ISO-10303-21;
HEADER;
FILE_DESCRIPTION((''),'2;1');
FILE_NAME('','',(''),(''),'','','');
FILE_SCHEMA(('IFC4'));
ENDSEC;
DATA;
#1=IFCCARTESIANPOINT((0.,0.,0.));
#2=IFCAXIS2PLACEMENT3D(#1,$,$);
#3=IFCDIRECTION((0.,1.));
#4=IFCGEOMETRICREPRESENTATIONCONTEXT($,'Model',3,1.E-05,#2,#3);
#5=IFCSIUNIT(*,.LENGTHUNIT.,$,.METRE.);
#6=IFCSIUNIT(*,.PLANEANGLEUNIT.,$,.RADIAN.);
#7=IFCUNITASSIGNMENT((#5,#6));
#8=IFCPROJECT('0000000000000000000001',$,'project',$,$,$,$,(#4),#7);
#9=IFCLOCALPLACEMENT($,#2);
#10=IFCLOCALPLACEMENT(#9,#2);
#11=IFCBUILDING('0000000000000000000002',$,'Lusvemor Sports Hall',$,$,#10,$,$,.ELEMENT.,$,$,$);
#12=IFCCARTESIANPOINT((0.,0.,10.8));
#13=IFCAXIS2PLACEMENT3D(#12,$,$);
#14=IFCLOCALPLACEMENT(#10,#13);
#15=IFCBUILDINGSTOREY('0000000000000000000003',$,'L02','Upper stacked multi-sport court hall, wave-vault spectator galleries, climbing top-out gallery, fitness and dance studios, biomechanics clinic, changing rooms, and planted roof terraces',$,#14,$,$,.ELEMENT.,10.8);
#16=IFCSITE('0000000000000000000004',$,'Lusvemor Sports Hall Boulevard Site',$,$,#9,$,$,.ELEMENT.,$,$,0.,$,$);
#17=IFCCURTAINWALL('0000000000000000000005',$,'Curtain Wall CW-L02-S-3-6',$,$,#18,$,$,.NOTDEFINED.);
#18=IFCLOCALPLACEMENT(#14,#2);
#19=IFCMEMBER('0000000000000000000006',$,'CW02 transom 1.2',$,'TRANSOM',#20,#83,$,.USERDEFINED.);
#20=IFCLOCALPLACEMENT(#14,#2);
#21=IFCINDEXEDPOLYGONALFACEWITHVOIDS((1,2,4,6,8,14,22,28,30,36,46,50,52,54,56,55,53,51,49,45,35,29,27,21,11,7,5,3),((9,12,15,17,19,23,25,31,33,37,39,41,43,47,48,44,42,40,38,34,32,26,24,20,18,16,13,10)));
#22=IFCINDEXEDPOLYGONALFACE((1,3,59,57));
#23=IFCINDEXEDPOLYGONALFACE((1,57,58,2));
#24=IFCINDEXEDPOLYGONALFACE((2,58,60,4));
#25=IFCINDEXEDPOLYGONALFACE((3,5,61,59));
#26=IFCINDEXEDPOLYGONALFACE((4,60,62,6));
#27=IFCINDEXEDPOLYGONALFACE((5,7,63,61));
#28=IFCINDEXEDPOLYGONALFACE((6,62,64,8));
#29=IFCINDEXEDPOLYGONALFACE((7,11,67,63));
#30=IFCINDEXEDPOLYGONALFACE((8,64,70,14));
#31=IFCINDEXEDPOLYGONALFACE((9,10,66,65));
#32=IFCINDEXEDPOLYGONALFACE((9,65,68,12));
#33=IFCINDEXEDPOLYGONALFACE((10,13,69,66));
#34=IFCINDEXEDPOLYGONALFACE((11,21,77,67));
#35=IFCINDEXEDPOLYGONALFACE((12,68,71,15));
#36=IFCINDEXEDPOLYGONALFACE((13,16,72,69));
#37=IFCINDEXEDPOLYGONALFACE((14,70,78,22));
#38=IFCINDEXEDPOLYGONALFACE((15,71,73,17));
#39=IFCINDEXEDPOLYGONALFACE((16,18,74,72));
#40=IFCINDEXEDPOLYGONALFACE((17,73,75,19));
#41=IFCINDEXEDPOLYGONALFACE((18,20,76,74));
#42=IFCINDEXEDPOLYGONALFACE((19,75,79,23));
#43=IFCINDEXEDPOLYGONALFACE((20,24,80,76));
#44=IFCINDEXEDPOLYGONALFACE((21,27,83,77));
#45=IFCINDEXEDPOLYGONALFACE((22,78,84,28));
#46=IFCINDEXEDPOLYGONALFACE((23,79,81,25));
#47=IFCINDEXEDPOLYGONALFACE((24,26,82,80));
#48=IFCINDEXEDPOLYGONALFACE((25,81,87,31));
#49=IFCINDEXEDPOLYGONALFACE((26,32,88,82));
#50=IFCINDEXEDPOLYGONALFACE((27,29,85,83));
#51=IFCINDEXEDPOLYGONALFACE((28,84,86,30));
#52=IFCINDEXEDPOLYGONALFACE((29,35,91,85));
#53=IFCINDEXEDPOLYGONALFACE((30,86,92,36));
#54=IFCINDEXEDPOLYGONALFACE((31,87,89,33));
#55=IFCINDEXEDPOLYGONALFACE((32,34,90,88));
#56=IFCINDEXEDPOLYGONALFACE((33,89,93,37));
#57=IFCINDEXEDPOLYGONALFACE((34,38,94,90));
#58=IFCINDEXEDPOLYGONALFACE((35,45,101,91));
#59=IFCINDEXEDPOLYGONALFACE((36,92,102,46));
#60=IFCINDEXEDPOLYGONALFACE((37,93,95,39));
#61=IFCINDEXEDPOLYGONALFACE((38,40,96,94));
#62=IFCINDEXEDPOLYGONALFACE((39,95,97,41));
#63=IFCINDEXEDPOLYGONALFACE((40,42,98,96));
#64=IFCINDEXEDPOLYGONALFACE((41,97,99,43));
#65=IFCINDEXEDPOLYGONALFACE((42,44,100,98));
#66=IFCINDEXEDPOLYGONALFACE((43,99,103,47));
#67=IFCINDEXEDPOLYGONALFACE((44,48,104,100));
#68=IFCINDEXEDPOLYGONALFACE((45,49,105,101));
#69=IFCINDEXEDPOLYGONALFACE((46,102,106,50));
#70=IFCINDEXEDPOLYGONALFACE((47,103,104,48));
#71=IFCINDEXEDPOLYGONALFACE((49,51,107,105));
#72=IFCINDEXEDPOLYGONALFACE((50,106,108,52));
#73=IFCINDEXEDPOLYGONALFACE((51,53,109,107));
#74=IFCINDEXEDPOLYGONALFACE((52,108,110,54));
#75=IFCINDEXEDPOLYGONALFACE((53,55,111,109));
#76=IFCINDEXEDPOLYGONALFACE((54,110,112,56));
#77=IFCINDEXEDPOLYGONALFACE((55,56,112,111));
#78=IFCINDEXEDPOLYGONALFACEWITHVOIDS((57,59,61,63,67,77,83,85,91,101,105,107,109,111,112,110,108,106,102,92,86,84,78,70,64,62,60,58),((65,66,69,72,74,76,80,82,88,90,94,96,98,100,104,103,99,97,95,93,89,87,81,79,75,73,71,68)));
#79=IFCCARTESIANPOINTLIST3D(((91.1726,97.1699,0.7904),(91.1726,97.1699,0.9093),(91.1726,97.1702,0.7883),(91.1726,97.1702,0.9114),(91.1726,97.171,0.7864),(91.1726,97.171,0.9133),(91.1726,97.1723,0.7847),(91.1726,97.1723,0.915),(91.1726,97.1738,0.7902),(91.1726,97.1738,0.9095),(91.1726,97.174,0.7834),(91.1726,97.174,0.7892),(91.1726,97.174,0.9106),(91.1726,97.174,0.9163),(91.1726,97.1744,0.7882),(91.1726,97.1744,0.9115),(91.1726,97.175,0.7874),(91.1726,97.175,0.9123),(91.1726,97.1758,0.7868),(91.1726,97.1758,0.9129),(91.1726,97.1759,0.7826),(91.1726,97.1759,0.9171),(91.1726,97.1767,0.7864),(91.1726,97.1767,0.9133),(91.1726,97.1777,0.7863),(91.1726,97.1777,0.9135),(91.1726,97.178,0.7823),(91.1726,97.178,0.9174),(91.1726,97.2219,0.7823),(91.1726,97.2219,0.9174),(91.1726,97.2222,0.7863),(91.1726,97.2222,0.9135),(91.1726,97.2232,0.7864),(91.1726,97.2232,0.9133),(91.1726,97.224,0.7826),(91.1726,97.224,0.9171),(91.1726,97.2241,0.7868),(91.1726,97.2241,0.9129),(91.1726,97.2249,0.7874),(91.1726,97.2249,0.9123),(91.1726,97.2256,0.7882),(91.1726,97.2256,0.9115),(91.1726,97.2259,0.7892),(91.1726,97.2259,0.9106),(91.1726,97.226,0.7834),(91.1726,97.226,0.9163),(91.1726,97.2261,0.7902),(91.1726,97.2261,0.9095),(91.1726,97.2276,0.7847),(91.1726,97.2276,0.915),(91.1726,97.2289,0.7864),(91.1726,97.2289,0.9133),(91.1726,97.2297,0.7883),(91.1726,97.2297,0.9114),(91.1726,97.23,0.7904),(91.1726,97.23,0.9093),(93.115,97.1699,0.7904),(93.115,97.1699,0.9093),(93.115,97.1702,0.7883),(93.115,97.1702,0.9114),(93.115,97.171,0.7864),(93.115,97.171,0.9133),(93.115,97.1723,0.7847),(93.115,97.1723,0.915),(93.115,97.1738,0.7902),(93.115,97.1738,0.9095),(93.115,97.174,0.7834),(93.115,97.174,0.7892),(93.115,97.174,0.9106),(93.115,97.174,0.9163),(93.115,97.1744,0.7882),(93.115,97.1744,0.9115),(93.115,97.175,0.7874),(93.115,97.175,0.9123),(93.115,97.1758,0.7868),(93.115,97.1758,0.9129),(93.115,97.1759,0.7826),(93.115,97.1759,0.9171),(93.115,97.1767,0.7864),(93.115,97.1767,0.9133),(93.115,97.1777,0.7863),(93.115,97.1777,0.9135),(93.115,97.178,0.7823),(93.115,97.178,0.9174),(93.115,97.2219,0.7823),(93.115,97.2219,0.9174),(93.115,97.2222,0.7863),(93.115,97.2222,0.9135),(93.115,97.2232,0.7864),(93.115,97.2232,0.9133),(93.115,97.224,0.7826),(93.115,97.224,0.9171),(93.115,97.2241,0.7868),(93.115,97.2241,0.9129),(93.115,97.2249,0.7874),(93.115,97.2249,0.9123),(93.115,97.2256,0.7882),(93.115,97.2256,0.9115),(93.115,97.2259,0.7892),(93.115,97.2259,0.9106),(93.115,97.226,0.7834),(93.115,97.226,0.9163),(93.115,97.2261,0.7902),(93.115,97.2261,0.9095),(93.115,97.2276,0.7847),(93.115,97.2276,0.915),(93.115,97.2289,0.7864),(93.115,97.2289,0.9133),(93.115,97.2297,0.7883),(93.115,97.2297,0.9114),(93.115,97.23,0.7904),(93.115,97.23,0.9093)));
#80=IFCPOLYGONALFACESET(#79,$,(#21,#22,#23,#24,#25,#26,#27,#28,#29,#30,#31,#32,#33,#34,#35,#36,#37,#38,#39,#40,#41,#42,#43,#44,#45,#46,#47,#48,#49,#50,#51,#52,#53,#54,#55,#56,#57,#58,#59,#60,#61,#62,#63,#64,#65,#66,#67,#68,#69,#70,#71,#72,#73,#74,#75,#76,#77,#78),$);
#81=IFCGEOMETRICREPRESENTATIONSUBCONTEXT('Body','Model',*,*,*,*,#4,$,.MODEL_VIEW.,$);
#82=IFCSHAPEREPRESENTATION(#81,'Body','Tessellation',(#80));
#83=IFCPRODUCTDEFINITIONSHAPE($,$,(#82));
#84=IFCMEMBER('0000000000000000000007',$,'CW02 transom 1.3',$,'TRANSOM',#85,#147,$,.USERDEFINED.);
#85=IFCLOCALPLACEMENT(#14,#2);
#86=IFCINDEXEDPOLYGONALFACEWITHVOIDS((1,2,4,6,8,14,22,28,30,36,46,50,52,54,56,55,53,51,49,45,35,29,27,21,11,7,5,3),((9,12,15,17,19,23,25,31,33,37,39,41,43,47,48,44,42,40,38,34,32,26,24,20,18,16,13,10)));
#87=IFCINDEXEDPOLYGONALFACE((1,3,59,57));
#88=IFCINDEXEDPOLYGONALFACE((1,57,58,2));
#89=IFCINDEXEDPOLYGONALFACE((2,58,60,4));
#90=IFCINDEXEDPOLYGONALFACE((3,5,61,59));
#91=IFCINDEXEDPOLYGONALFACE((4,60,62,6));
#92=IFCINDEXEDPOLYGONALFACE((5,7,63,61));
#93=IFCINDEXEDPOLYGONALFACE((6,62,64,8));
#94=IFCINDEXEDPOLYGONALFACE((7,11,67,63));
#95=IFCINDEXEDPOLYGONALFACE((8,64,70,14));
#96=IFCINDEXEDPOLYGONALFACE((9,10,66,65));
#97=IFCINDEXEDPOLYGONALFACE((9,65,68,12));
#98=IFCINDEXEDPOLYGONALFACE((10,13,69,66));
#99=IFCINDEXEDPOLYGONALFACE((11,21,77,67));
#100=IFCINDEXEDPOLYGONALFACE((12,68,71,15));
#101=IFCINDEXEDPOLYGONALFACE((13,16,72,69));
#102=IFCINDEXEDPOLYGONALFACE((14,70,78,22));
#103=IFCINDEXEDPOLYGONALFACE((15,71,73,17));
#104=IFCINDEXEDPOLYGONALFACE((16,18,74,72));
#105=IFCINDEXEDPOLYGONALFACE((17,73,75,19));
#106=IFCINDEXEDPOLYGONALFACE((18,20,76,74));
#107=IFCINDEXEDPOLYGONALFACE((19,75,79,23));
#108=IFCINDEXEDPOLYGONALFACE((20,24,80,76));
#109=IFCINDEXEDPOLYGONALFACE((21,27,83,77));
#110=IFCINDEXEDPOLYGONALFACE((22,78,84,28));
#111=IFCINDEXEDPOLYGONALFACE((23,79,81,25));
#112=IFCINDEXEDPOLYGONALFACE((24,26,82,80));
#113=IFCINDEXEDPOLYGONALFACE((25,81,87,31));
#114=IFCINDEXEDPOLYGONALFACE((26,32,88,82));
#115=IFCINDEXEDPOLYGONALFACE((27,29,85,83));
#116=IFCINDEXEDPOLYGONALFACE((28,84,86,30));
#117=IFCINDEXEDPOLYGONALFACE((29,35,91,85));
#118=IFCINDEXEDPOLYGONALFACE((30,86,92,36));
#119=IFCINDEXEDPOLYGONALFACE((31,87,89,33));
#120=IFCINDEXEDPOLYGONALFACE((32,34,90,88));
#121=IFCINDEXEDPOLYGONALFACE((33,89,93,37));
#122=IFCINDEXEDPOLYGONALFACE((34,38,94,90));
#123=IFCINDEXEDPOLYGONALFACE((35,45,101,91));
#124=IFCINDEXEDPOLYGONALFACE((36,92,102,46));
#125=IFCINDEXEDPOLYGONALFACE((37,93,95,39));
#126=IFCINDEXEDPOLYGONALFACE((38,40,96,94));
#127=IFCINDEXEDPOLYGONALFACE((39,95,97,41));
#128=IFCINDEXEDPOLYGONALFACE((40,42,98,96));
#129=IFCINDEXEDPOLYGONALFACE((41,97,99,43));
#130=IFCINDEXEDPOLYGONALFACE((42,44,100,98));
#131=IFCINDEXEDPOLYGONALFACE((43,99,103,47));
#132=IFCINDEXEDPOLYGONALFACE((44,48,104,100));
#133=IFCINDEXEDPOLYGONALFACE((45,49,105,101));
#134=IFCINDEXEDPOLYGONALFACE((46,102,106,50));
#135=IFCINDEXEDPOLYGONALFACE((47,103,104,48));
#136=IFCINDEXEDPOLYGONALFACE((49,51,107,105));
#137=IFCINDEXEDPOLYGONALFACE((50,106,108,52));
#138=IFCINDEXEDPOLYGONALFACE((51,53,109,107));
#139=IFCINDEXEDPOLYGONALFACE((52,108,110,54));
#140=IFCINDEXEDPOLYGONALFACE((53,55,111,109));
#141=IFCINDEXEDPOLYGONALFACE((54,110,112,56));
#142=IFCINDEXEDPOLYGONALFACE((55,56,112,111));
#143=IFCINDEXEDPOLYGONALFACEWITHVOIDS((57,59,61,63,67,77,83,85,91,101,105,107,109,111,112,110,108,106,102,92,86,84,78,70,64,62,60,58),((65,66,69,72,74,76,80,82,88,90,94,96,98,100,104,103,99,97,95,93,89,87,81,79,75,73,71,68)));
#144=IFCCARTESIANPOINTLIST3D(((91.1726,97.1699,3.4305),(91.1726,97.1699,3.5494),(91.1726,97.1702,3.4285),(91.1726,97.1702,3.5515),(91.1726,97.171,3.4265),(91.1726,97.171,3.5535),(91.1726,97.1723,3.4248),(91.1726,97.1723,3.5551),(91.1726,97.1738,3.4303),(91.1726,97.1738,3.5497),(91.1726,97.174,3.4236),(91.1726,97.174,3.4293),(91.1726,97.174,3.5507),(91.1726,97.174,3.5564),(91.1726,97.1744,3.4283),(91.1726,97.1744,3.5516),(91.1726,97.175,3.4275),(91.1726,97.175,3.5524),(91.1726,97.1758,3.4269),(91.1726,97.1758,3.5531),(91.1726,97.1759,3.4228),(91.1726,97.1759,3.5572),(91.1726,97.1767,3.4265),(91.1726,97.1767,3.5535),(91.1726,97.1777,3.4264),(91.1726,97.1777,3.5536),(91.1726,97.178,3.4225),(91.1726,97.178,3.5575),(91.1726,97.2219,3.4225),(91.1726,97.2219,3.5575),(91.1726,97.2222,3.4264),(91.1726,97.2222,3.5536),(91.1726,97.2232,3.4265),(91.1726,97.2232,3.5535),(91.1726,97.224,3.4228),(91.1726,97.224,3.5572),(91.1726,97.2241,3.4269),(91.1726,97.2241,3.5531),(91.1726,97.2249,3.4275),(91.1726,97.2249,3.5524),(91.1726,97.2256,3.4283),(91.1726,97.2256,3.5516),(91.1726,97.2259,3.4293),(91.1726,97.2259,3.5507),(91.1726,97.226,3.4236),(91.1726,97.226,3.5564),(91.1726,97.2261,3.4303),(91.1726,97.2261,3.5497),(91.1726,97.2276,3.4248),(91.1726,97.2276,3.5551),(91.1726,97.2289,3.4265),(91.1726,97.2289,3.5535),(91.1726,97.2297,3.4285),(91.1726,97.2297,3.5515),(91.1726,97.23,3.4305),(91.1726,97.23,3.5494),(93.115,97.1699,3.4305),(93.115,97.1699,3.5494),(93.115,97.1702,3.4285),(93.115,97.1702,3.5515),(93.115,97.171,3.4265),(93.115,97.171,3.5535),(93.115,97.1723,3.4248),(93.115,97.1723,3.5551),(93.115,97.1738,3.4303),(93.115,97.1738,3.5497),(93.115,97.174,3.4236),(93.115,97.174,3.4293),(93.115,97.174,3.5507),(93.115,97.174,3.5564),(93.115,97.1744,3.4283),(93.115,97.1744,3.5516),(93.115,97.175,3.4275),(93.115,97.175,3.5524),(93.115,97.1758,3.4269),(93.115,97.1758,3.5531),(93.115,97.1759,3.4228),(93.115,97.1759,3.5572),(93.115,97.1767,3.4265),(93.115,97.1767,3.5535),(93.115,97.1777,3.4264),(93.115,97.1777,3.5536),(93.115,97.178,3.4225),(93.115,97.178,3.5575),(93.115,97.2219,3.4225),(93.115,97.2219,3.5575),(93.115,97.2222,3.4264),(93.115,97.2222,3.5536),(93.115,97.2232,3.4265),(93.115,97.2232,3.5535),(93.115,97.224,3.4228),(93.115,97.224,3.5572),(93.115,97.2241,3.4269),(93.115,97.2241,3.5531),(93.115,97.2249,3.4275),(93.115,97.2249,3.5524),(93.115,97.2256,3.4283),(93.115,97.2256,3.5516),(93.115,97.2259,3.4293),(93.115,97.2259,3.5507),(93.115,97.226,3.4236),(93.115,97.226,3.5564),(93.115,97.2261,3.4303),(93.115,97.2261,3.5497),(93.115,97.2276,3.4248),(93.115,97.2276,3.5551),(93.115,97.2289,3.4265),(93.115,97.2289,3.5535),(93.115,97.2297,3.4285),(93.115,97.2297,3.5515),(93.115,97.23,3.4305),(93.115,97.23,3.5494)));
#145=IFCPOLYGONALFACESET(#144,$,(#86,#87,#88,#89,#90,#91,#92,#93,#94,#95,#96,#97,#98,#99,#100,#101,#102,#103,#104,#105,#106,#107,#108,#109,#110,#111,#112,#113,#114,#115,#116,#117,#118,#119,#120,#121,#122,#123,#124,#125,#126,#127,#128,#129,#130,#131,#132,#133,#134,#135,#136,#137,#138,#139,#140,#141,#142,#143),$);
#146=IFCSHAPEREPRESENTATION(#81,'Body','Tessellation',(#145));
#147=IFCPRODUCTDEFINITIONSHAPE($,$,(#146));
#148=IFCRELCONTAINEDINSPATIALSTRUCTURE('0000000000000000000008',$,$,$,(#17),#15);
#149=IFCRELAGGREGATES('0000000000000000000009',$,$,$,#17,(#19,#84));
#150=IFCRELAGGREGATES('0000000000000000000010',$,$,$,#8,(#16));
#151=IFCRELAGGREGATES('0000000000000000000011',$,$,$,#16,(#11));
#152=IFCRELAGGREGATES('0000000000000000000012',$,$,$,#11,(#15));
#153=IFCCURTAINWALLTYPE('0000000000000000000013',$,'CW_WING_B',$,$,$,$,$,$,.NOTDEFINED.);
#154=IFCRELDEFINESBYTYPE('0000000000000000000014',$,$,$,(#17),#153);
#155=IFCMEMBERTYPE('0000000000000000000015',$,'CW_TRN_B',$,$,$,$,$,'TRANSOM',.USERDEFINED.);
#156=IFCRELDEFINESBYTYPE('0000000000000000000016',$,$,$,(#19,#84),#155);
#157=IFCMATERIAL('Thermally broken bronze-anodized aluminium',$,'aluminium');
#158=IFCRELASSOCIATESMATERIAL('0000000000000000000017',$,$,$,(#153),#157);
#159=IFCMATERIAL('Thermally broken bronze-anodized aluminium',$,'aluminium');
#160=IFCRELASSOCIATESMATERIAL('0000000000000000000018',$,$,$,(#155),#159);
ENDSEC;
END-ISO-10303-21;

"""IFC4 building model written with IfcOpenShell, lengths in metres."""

from ifc_helpers import new_model, si_unit, direction, frame, origin, origin_2d, place, context, subcontext, project, spatial, hollow_rectangle, extrude, material, material_profile, profile_set, type_object, element, aggregate, save


model = new_model("IFC4")

# Units and contexts
model_context = context("Model", 3, precision=1e-05, world=origin(), true_north=direction((0.0, 1.0)))
body_context = subcontext(model_context, "Body", "Model", "MODEL_VIEW")
ifc_project = project(units=[si_unit("LENGTHUNIT", "METRE"), si_unit("PLANEANGLEUNIT", "RADIAN")], contexts=[model_context])

# Site, building, storey
site_placement = place(None, origin())
site = spatial("IfcSite", under=ifc_project, at=site_placement, Name="Lusvemor Sports Hall Boulevard Site", CompositionType="ELEMENT", RefElevation=0.0)
building_placement = place(site_placement, origin())
building = spatial("IfcBuilding", under=site, at=building_placement, Name="Lusvemor Sports Hall", CompositionType="ELEMENT")
storey_placement = place(building_placement, frame((0.0, 0.0, 10.8)))
storey = spatial("IfcBuildingStorey", under=building, at=storey_placement, Name="L02", Description="Upper stacked multi-sport court hall, wave-vault spectator galleries, climbing top-out gallery, fitness and dance studios, biomechanics clinic, changing rooms, and planted roof terraces", CompositionType="ELEMENT", Elevation=10.8)

# Curtain wall, members
ifc_material_1 = material(Name="Thermally broken bronze-anodized aluminium", Category="aluminium")
curtain_wall_type = type_object("IfcCurtainWallType", Name="CW_WING_B", PredefinedType="NOTDEFINED", material=ifc_material_1)
curtain_wall_placement = place(storey_placement, origin())
curtain_wall = element("IfcCurtainWall", 1, at=curtain_wall_placement, inside=storey, type_object=curtain_wall_type, Name="Curtain Wall CW-L02-S-3-6", PredefinedType="NOTDEFINED")
ifc_material_2 = material(Name="Thermally broken bronze-anodized aluminium", Category="aluminium")
ifc_material_profile_1 = material_profile(ifc_material_2, hollow_rectangle(XDim=0.0601, YDim=0.135, WallThickness=0.0039, InnerFilletRadius=0.0039, OuterFilletRadius=0.0081, at=origin_2d()), Name="CWTRN135x60x4")
ifc_profile_set_1 = profile_set([ifc_material_profile_1], Name="Thermally broken bronze-anodized aluminium")
member_type_1 = type_object("IfcMemberType", Name="CW_TRN_B", ElementType="TRANSOM", PredefinedType="USERDEFINED", material=ifc_profile_set_1)
member_1_placement = place(storey_placement, frame((93.115, 97.2, 0.8499), z_axis=(-1.0, 0.0, 0.0), x_axis=(0.0, -1.0, 0.0)))
member_1 = element("IfcMember", 2, at=member_1_placement, type_object=member_type_1, Name="CW02 transom 1.2", ObjectType="TRANSOM", PredefinedType="USERDEFINED", context=body_context, shape_type="SweptSolid", body=[
    extrude(hollow_rectangle(XDim=0.0601, YDim=0.135, WallThickness=0.0039, InnerFilletRadius=0.0039, OuterFilletRadius=0.0081, at=origin_2d()), origin(), (0.0, 0.0, 1.0), 1.9424),
])
member_2_placement = place(storey_placement, frame((93.115, 97.2, 3.49), z_axis=(-1.0, 0.0, 0.0), x_axis=(0.0, -1.0, 0.0)))
member_2 = element("IfcMember", 3, at=member_2_placement, type_object=member_type_1, Name="CW02 transom 1.3", ObjectType="TRANSOM", PredefinedType="USERDEFINED", context=body_context, shape_type="SweptSolid", body=[
    extrude(hollow_rectangle(XDim=0.0601, YDim=0.135, WallThickness=0.0039, InnerFilletRadius=0.0039, OuterFilletRadius=0.0081, at=origin_2d()), origin(), (0.0, 0.0, 1.0), 1.9424),
])

aggregate(curtain_wall, [member_1, member_2])

save(model, "model.ifc")
